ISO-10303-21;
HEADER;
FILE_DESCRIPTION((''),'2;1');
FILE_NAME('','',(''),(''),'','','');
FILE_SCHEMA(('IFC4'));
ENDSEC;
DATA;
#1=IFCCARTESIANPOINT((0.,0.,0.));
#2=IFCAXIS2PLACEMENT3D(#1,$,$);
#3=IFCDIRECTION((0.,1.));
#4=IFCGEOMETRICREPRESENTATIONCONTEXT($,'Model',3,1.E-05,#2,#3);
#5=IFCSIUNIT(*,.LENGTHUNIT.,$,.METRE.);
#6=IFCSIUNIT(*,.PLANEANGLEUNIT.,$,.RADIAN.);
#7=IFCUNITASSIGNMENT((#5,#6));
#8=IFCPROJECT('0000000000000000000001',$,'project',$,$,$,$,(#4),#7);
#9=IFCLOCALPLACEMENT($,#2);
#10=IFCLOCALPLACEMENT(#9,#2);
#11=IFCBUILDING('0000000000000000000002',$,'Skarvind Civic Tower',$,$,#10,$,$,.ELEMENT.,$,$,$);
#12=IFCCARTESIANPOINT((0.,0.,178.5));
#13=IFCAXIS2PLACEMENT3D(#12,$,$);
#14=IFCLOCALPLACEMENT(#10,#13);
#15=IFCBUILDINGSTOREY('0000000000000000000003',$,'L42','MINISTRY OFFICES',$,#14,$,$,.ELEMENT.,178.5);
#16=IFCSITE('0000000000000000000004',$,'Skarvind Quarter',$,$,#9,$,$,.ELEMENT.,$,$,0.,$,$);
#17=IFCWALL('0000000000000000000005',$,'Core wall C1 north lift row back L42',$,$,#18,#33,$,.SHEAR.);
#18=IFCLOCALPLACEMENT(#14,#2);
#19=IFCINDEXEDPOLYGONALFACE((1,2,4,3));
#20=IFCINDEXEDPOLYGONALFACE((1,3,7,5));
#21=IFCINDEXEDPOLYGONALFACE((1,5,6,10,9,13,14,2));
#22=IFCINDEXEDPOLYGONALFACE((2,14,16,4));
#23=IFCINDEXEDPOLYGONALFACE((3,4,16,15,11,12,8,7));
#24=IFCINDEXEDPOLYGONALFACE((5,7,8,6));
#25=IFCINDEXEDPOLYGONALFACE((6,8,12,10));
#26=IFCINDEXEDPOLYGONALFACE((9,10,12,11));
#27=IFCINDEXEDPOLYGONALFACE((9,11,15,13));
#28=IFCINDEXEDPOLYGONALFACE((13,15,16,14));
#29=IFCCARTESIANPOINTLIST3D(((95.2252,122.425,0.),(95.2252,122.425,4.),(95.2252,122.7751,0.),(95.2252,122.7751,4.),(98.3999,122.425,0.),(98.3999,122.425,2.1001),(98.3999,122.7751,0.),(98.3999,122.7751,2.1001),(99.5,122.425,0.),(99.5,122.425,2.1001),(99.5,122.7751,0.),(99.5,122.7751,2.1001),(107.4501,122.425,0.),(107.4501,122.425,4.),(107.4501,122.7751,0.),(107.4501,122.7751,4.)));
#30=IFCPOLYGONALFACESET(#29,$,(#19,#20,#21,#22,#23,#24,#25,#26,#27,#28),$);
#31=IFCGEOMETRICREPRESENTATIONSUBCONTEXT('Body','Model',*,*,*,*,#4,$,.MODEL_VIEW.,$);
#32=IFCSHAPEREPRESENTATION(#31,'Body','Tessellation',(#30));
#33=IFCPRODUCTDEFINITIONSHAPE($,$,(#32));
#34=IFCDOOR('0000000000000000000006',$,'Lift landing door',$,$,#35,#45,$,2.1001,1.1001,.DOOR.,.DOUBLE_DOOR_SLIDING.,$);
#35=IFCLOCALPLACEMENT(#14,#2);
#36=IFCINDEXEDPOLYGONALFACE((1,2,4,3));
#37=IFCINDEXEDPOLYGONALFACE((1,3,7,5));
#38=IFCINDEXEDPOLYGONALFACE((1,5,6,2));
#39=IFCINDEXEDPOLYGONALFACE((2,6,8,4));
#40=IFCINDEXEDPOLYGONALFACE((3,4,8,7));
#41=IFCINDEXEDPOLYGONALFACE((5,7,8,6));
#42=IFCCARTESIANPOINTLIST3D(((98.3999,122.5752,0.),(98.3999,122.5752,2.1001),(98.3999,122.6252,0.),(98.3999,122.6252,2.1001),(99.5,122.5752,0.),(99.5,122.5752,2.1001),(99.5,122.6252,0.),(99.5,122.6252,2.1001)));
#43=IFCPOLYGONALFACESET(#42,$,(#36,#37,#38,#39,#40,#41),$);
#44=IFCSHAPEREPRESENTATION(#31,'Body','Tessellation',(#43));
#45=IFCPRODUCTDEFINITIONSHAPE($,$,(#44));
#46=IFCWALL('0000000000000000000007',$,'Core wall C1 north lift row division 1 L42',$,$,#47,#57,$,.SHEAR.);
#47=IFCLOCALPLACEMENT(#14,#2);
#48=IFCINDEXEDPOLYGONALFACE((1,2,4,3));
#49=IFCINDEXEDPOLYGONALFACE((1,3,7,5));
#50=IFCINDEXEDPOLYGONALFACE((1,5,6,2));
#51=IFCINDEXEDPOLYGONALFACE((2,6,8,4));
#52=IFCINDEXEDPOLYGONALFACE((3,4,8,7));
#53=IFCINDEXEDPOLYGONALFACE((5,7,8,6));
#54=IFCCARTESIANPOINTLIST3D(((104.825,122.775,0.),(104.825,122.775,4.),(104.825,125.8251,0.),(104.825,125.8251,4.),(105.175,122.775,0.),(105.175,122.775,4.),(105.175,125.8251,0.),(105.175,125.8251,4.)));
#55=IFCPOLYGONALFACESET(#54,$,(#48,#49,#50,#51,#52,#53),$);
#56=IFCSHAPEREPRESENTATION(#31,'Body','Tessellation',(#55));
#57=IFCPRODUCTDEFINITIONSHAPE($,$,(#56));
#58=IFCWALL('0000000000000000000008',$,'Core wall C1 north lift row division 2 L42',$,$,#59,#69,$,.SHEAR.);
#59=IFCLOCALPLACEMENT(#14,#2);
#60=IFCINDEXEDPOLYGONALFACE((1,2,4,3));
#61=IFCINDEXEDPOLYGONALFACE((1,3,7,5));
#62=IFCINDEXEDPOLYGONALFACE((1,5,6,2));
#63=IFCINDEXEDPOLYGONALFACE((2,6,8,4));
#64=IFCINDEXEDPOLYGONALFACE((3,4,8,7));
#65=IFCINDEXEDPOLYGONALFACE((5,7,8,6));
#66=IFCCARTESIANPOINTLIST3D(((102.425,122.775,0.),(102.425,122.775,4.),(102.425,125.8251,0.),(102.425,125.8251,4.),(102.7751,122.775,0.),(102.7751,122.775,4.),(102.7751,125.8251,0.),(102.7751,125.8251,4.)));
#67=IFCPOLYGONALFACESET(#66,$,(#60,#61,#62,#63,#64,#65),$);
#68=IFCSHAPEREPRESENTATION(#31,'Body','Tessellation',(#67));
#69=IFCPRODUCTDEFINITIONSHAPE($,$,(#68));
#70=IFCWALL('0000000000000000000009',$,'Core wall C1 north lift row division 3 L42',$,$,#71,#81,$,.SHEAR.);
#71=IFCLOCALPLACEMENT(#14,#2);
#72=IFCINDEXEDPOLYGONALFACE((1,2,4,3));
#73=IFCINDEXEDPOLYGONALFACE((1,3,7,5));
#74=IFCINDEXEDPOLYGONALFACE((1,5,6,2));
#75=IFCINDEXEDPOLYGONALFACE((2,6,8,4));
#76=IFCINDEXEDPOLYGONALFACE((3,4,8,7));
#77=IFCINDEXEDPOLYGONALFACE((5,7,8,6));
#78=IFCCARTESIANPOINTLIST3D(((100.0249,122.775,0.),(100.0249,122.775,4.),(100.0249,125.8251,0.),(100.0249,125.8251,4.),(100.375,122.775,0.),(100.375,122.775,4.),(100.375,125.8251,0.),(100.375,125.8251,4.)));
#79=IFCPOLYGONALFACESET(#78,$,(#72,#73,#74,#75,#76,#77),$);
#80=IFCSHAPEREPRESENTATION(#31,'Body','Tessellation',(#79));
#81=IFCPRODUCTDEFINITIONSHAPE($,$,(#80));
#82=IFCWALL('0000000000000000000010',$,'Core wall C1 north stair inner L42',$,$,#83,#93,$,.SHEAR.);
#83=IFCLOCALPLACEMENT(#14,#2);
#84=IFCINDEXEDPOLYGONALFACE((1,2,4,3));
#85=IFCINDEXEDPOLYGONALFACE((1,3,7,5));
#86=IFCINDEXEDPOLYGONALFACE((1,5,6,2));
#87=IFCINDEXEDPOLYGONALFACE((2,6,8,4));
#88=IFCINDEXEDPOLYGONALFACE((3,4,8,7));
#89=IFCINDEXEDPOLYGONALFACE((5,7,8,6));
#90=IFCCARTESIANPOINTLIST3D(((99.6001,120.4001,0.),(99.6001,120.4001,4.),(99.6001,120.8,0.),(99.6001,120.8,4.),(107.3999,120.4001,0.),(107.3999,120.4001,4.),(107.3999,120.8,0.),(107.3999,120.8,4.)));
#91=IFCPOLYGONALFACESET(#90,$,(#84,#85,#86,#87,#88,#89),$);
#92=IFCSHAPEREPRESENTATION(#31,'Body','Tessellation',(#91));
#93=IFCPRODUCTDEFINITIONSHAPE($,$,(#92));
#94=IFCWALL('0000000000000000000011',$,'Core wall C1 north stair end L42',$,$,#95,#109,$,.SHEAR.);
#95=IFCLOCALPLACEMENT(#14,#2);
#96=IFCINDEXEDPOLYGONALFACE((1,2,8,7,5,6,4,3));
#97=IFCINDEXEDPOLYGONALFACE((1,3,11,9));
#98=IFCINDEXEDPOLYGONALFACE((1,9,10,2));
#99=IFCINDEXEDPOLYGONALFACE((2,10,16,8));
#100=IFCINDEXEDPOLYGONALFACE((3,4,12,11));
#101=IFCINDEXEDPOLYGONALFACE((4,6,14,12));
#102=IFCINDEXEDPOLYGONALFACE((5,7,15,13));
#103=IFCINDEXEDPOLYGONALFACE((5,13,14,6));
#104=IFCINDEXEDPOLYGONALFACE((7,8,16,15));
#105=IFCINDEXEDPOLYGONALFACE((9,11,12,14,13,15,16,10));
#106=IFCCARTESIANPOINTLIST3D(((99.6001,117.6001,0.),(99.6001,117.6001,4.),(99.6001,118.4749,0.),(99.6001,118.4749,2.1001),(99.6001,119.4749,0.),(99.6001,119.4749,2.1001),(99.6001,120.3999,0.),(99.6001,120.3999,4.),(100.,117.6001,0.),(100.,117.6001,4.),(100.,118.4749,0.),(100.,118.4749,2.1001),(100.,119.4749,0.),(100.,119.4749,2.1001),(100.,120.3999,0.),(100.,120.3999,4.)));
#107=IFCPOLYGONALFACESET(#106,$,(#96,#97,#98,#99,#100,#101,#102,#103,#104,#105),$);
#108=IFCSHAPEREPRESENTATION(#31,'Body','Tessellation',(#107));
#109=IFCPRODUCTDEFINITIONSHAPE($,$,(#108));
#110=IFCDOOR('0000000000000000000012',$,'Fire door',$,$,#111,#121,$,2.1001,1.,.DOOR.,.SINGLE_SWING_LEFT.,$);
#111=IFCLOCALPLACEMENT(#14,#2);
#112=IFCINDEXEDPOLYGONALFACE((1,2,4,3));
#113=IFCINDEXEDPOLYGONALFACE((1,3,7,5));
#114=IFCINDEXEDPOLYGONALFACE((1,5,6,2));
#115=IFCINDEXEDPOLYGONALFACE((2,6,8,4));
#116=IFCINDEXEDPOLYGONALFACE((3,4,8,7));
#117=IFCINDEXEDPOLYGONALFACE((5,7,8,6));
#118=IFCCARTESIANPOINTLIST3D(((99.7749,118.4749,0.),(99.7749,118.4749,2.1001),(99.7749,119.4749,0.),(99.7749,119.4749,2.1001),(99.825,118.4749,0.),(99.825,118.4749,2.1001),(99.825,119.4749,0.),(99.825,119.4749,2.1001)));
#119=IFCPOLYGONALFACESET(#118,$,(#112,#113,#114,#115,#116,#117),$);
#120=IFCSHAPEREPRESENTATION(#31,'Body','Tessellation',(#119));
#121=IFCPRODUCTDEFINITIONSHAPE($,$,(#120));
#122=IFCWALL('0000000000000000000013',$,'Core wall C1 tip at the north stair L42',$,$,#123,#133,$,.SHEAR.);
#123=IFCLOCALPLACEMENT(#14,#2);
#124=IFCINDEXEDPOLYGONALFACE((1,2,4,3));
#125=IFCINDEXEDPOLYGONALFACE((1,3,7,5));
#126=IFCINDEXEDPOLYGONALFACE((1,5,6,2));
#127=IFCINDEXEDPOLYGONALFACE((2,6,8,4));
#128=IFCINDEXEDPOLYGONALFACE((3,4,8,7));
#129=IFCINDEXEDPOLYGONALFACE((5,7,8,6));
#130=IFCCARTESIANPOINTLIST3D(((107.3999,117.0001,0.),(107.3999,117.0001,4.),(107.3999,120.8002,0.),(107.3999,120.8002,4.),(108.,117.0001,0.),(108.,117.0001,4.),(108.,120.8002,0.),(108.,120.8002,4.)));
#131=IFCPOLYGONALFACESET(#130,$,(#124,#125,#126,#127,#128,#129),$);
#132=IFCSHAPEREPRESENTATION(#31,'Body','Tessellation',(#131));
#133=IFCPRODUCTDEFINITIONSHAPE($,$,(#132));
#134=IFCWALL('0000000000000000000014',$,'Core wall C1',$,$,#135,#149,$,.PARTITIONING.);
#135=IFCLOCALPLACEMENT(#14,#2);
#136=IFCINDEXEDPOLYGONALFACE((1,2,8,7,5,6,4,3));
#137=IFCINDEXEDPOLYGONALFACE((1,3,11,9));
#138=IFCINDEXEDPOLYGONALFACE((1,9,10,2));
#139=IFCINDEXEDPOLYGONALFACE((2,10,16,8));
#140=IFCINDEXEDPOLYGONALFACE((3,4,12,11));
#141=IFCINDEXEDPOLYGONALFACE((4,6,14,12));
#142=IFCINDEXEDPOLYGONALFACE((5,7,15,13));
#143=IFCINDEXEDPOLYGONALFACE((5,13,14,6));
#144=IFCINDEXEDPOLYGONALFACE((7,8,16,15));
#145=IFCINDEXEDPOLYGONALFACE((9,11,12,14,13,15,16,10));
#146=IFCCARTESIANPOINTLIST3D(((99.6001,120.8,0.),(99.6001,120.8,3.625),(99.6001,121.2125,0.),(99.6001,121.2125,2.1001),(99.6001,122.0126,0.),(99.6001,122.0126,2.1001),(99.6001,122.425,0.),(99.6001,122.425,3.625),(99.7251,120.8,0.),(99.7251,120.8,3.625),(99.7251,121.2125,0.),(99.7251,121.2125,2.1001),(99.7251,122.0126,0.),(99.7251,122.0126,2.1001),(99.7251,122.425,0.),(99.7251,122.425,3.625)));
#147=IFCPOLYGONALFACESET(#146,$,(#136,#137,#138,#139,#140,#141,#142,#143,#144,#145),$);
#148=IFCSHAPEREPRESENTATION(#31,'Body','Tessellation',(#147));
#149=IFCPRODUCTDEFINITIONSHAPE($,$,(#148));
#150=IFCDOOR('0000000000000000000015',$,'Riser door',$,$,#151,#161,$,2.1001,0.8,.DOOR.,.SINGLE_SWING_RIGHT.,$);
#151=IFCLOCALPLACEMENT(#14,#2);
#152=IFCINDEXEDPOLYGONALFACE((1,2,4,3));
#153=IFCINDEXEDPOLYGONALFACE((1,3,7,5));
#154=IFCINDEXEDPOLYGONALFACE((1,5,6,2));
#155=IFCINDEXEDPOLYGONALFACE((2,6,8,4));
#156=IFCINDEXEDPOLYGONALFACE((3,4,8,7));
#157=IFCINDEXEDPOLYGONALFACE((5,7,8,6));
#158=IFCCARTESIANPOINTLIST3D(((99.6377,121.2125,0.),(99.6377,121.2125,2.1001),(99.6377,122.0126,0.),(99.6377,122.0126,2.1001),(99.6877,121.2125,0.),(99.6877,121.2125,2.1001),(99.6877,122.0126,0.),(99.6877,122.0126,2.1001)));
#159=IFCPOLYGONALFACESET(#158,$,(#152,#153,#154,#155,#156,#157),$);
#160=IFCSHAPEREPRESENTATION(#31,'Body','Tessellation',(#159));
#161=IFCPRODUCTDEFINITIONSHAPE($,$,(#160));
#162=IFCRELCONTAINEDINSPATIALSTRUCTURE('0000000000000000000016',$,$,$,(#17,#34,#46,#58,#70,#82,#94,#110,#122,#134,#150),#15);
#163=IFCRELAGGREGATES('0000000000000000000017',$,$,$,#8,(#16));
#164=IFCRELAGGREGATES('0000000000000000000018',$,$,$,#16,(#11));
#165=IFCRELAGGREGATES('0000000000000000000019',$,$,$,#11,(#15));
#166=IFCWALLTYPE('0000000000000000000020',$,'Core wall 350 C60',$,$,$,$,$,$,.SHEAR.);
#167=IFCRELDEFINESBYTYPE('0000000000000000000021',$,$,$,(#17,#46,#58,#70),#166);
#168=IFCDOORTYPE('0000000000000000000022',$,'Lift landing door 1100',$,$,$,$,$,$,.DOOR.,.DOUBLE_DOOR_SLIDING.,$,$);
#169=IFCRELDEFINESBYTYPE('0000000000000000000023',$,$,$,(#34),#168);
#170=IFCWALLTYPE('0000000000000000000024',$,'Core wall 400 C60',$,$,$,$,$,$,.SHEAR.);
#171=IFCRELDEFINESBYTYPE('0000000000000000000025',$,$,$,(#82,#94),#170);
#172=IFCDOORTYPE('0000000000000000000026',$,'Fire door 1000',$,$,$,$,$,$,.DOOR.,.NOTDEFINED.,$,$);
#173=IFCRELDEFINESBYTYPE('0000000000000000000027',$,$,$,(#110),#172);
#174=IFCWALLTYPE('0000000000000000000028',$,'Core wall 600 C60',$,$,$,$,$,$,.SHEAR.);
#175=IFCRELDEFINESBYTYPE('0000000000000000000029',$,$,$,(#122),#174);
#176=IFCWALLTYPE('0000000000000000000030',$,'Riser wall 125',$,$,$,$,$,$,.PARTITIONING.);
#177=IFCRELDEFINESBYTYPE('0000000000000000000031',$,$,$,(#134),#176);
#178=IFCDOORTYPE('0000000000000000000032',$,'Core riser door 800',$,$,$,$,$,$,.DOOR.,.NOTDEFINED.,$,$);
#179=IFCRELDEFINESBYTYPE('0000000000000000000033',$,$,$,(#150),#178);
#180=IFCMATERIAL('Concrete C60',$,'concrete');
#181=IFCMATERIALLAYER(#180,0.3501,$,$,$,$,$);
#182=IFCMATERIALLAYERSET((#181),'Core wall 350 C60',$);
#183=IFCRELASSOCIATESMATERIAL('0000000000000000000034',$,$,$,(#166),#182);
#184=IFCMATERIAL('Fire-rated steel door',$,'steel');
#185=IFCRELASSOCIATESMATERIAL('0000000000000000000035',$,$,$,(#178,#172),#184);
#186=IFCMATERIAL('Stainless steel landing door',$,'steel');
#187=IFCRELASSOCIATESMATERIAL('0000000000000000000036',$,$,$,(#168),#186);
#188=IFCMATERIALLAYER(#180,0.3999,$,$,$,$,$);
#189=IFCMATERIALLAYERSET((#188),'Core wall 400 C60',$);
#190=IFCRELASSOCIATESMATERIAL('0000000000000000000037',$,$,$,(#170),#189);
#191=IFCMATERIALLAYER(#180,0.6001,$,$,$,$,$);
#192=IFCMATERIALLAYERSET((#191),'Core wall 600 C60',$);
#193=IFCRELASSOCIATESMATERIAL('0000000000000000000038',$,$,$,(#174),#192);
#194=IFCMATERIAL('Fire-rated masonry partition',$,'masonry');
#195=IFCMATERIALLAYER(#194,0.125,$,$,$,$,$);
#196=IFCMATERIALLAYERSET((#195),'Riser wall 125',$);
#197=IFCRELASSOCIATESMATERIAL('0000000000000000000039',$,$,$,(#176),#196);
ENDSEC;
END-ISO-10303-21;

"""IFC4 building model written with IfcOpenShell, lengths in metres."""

from ifc_helpers import new_model, si_unit, direction, frame, frame_2d, origin, place, context, subcontext, project, spatial, rectangle, extrude, material, layer, layer_set, type_object, element, fill, save


model = new_model("IFC4")

# Units and contexts
model_context = context("Model", 3, precision=1e-05, world=origin(), true_north=direction((0.0, 1.0)))
body_context = subcontext(model_context, "Body", "Model", "MODEL_VIEW")
ifc_project = project(units=[si_unit("LENGTHUNIT", "METRE"), si_unit("PLANEANGLEUNIT", "RADIAN")], contexts=[model_context])

# Site, building, storey
site_placement = place(None, origin())
site = spatial("IfcSite", under=ifc_project, at=site_placement, Name="Skarvind Quarter", CompositionType="ELEMENT", RefElevation=0.0)
building_placement = place(site_placement, origin())
building = spatial("IfcBuilding", under=site, at=building_placement, Name="Skarvind Civic Tower", CompositionType="ELEMENT")
storey_placement = place(building_placement, frame((0.0, 0.0, 178.5)))
storey = spatial("IfcBuildingStorey", under=building, at=storey_placement, Name="L42", Description="MINISTRY OFFICES", CompositionType="ELEMENT", Elevation=178.5)

# Shared definitions
ifc_material_1 = material(Name="Concrete C60", Category="concrete")
ifc_layer_1 = layer(ifc_material_1, 0.3501)
ifc_layer_set_1 = layer_set([ifc_layer_1], Name="Core wall 350 C60")
wall_type_1 = type_object("IfcWallType", Name="Core wall 350 C60", PredefinedType="SHEAR", material=ifc_layer_set_1)
ifc_material_2 = material(Name="Fire-rated steel door", Category="steel")
door_type_1 = type_object("IfcDoorType", Name="Core riser door 800", OperationType="NOTDEFINED", PredefinedType="DOOR", material=ifc_material_2)
door_type_2 = type_object("IfcDoorType", Name="Fire door 1000", OperationType="NOTDEFINED", PredefinedType="DOOR", material=ifc_material_2)

# Shared definitions
ifc_material_3 = material(Name="Stainless steel landing door", Category="steel")
door_type_3 = type_object("IfcDoorType", Name="Lift landing door 1100", OperationType="DOUBLE_DOOR_SLIDING", PredefinedType="DOOR", material=ifc_material_3)

# Wall, opening, door
wall_1_placement = place(storey_placement, frame((107.45, 122.6001, 0.0), z_axis=(0.0, 0.0, 1.0), x_axis=(-1.0, 0.0, 0.0)))
wall_1 = element("IfcWall", 1, at=wall_1_placement, inside=storey, type_object=wall_type_1, Name="Core wall C1 north lift row back L42", PredefinedType="SHEAR", context=body_context, shape_type="SweptSolid", body=[
    extrude(rectangle(XDim=12.2249, YDim=0.3501, at=frame_2d((6.1123, 0.0))), origin(), (0.0, 0.0, 1.0), 4.0),
])
opening_1_placement = place(wall_1_placement, frame((7.95, 0.0, 0.0)))
opening_1 = element("IfcOpeningElement", 2, at=opening_1_placement, cuts=wall_1, PredefinedType="OPENING", context=body_context, shape_type="SweptSolid", body=[
    extrude(rectangle(XDim=1.1001, YDim=2.1001, at=frame_2d((0.55, 1.05))), frame((0.0, 0.1851, 0.0), z_axis=(0.0, -1.0, 0.0), x_axis=(1.0, 0.0, 0.0)), (0.0, 0.0, 1.0), 0.3701),
])
door_1_placement = place(opening_1_placement, origin())
door_1 = element("IfcDoor", 3, at=door_1_placement, inside=storey, type_object=door_type_3, Name="Lift landing door", OperationType="DOUBLE_DOOR_SLIDING", OverallHeight=2.1001, OverallWidth=1.1001, PredefinedType="DOOR", context=body_context, shape_type="SweptSolid", body=[
    extrude(rectangle(XDim=1.1001, YDim=2.1001, at=frame_2d((0.55, 1.05))), frame((0.0, 0.0249, 0.0), z_axis=(0.0, -1.0, 0.0), x_axis=(1.0, 0.0, 0.0)), (0.0, 0.0, 1.0), 0.05),
])
fill(opening_1, door_1)

# Walls
for number, where, z_axis, x_axis, name in (
    (4, (105.0, 125.825, 0.0), (0.0, 0.0, 1.0), (0.0, -1.0, 0.0), "Core wall C1 north lift row division 1 L42"),
    (5, (102.6001, 125.825, 0.0), (0.0, 0.0, 1.0), (0.0, -1.0, 0.0), "Core wall C1 north lift row division 2 L42"),
    (6, (100.2, 125.825, 0.0), (0.0, 0.0, 1.0), (0.0, -1.0, 0.0), "Core wall C1 north lift row division 3 L42"),
):
    element("IfcWall", number, at=place(storey_placement, frame(where, z_axis=z_axis, x_axis=x_axis)), inside=storey, type_object=wall_type_1, Name=name, PredefinedType="SHEAR", context=body_context, shape_type="SweptSolid", body=[
        extrude(rectangle(XDim=3.05, YDim=0.3501, at=frame_2d((1.5249, 0.0))), origin(), (0.0, 0.0, 1.0), 4.0),
    ])
ifc_layer_2 = layer(ifc_material_1, 0.3999)
ifc_layer_set_2 = layer_set([ifc_layer_2], Name="Core wall 400 C60")
wall_type_2 = type_object("IfcWallType", Name="Core wall 400 C60", PredefinedType="SHEAR", material=ifc_layer_set_2)
wall_2_placement = place(storey_placement, frame((107.3999, 120.6001, 0.0), z_axis=(0.0, 0.0, 1.0), x_axis=(-1.0, 0.0, 0.0)))
element("IfcWall", 7, at=wall_2_placement, inside=storey, type_object=wall_type_2, Name="Core wall C1 north stair inner L42", PredefinedType="SHEAR", context=body_context, shape_type="SweptSolid", body=[
    extrude(rectangle(XDim=7.7998, YDim=0.3999, at=frame_2d((3.8999, 0.0))), origin(), (0.0, 0.0, 1.0), 4.0),
])

# Wall, opening, door
wall_3_placement = place(storey_placement, frame((99.8, 120.3999, 0.0), z_axis=(0.0, 0.0, 1.0), x_axis=(0.0, -1.0, 0.0)))
wall_3 = element("IfcWall", 8, at=wall_3_placement, inside=storey, type_object=wall_type_2, Name="Core wall C1 north stair end L42", PredefinedType="SHEAR", context=body_context, shape_type="SweptSolid", body=[
    extrude(rectangle(XDim=2.7998, YDim=0.3999, at=frame_2d((1.3999, 0.0))), origin(), (0.0, 0.0, 1.0), 4.0),
])
opening_2_placement = place(wall_3_placement, frame((0.925, 0.0, 0.0)))
opening_2 = element("IfcOpeningElement", 9, at=opening_2_placement, cuts=wall_3, PredefinedType="OPENING", context=body_context, shape_type="SweptSolid", body=[
    extrude(rectangle(XDim=1.0, YDim=2.1001, at=frame_2d((0.5, 1.05))), frame((0.0, 0.21, 0.0), z_axis=(0.0, -1.0, 0.0), x_axis=(1.0, 0.0, 0.0)), (0.0, 0.0, 1.0), 0.4199),
])
door_2_placement = place(opening_2_placement, origin())
door_2 = element("IfcDoor", 10, at=door_2_placement, inside=storey, type_object=door_type_2, Name="Fire door", OperationType="SINGLE_SWING_LEFT", OverallHeight=2.1001, OverallWidth=1.0, PredefinedType="DOOR", context=body_context, shape_type="SweptSolid", body=[
    extrude(rectangle(XDim=1.0, YDim=2.1001, at=frame_2d((0.5, 1.05))), frame((0.0, 0.0249, 0.0), z_axis=(0.0, -1.0, 0.0), x_axis=(1.0, 0.0, 0.0)), (0.0, 0.0, 1.0), 0.05),
])
fill(opening_2, door_2)

# Wall
ifc_layer_3 = layer(ifc_material_1, 0.6001)
ifc_layer_set_3 = layer_set([ifc_layer_3], Name="Core wall 600 C60")
wall_type_3 = type_object("IfcWallType", Name="Core wall 600 C60", PredefinedType="SHEAR", material=ifc_layer_set_3)
wall_4_placement = place(storey_placement, frame((107.7, 120.8, 0.0), z_axis=(0.0, 0.0, 1.0), x_axis=(0.0, -1.0, 0.0)))
element("IfcWall", 11, at=wall_4_placement, inside=storey, type_object=wall_type_3, Name="Core wall C1 tip at the north stair L42", PredefinedType="SHEAR", context=body_context, shape_type="SweptSolid", body=[
    extrude(rectangle(XDim=3.8, YDim=0.6001, at=frame_2d((1.8999, 0.0))), origin(), (0.0, 0.0, 1.0), 4.0),
])

# Wall, opening, door
ifc_material_4 = material(Name="Fire-rated masonry partition", Category="masonry")
ifc_layer_4 = layer(ifc_material_4, 0.125)
ifc_layer_set_4 = layer_set([ifc_layer_4], Name="Riser wall 125")
wall_type_4 = type_object("IfcWallType", Name="Riser wall 125", PredefinedType="PARTITIONING", material=ifc_layer_set_4)
wall_5_placement = place(storey_placement, frame((99.6626, 120.8, 0.0), z_axis=(0.0, 0.0, 1.0), x_axis=(0.0, 1.0, 0.0)))
wall_5 = element("IfcWall", 12, at=wall_5_placement, inside=storey, type_object=wall_type_4, Name="Core wall C1", PredefinedType="PARTITIONING", context=body_context, shape_type="SweptSolid", body=[
    extrude(rectangle(XDim=1.625, YDim=0.125, at=frame_2d((0.8125, 0.0))), origin(), (0.0, 0.0, 1.0), 3.625),
])
opening_3_placement = place(wall_5_placement, frame((0.4126, 0.0, 0.0)))
opening_3 = element("IfcOpeningElement", 13, at=opening_3_placement, cuts=wall_5, PredefinedType="OPENING", context=body_context, shape_type="SweptSolid", body=[
    extrude(rectangle(XDim=0.8, YDim=2.1001, at=frame_2d((0.3999, 1.05))), frame((0.0, 0.0725, 0.0), z_axis=(0.0, -1.0, 0.0), x_axis=(1.0, 0.0, 0.0)), (0.0, 0.0, 1.0), 0.145),
])
door_3_placement = place(opening_3_placement, origin())
door_3 = element("IfcDoor", 14, at=door_3_placement, inside=storey, type_object=door_type_1, Name="Riser door", OperationType="SINGLE_SWING_RIGHT", OverallHeight=2.1001, OverallWidth=0.8, PredefinedType="DOOR", context=body_context, shape_type="SweptSolid", body=[
    extrude(rectangle(XDim=0.8, YDim=2.1001, at=frame_2d((0.3999, 1.05))), frame((0.0, 0.0249, 0.0), z_axis=(0.0, -1.0, 0.0), x_axis=(1.0, 0.0, 0.0)), (0.0, 0.0, 1.0), 0.05),
])
fill(opening_3, door_3)

save(model, "model.ifc")
